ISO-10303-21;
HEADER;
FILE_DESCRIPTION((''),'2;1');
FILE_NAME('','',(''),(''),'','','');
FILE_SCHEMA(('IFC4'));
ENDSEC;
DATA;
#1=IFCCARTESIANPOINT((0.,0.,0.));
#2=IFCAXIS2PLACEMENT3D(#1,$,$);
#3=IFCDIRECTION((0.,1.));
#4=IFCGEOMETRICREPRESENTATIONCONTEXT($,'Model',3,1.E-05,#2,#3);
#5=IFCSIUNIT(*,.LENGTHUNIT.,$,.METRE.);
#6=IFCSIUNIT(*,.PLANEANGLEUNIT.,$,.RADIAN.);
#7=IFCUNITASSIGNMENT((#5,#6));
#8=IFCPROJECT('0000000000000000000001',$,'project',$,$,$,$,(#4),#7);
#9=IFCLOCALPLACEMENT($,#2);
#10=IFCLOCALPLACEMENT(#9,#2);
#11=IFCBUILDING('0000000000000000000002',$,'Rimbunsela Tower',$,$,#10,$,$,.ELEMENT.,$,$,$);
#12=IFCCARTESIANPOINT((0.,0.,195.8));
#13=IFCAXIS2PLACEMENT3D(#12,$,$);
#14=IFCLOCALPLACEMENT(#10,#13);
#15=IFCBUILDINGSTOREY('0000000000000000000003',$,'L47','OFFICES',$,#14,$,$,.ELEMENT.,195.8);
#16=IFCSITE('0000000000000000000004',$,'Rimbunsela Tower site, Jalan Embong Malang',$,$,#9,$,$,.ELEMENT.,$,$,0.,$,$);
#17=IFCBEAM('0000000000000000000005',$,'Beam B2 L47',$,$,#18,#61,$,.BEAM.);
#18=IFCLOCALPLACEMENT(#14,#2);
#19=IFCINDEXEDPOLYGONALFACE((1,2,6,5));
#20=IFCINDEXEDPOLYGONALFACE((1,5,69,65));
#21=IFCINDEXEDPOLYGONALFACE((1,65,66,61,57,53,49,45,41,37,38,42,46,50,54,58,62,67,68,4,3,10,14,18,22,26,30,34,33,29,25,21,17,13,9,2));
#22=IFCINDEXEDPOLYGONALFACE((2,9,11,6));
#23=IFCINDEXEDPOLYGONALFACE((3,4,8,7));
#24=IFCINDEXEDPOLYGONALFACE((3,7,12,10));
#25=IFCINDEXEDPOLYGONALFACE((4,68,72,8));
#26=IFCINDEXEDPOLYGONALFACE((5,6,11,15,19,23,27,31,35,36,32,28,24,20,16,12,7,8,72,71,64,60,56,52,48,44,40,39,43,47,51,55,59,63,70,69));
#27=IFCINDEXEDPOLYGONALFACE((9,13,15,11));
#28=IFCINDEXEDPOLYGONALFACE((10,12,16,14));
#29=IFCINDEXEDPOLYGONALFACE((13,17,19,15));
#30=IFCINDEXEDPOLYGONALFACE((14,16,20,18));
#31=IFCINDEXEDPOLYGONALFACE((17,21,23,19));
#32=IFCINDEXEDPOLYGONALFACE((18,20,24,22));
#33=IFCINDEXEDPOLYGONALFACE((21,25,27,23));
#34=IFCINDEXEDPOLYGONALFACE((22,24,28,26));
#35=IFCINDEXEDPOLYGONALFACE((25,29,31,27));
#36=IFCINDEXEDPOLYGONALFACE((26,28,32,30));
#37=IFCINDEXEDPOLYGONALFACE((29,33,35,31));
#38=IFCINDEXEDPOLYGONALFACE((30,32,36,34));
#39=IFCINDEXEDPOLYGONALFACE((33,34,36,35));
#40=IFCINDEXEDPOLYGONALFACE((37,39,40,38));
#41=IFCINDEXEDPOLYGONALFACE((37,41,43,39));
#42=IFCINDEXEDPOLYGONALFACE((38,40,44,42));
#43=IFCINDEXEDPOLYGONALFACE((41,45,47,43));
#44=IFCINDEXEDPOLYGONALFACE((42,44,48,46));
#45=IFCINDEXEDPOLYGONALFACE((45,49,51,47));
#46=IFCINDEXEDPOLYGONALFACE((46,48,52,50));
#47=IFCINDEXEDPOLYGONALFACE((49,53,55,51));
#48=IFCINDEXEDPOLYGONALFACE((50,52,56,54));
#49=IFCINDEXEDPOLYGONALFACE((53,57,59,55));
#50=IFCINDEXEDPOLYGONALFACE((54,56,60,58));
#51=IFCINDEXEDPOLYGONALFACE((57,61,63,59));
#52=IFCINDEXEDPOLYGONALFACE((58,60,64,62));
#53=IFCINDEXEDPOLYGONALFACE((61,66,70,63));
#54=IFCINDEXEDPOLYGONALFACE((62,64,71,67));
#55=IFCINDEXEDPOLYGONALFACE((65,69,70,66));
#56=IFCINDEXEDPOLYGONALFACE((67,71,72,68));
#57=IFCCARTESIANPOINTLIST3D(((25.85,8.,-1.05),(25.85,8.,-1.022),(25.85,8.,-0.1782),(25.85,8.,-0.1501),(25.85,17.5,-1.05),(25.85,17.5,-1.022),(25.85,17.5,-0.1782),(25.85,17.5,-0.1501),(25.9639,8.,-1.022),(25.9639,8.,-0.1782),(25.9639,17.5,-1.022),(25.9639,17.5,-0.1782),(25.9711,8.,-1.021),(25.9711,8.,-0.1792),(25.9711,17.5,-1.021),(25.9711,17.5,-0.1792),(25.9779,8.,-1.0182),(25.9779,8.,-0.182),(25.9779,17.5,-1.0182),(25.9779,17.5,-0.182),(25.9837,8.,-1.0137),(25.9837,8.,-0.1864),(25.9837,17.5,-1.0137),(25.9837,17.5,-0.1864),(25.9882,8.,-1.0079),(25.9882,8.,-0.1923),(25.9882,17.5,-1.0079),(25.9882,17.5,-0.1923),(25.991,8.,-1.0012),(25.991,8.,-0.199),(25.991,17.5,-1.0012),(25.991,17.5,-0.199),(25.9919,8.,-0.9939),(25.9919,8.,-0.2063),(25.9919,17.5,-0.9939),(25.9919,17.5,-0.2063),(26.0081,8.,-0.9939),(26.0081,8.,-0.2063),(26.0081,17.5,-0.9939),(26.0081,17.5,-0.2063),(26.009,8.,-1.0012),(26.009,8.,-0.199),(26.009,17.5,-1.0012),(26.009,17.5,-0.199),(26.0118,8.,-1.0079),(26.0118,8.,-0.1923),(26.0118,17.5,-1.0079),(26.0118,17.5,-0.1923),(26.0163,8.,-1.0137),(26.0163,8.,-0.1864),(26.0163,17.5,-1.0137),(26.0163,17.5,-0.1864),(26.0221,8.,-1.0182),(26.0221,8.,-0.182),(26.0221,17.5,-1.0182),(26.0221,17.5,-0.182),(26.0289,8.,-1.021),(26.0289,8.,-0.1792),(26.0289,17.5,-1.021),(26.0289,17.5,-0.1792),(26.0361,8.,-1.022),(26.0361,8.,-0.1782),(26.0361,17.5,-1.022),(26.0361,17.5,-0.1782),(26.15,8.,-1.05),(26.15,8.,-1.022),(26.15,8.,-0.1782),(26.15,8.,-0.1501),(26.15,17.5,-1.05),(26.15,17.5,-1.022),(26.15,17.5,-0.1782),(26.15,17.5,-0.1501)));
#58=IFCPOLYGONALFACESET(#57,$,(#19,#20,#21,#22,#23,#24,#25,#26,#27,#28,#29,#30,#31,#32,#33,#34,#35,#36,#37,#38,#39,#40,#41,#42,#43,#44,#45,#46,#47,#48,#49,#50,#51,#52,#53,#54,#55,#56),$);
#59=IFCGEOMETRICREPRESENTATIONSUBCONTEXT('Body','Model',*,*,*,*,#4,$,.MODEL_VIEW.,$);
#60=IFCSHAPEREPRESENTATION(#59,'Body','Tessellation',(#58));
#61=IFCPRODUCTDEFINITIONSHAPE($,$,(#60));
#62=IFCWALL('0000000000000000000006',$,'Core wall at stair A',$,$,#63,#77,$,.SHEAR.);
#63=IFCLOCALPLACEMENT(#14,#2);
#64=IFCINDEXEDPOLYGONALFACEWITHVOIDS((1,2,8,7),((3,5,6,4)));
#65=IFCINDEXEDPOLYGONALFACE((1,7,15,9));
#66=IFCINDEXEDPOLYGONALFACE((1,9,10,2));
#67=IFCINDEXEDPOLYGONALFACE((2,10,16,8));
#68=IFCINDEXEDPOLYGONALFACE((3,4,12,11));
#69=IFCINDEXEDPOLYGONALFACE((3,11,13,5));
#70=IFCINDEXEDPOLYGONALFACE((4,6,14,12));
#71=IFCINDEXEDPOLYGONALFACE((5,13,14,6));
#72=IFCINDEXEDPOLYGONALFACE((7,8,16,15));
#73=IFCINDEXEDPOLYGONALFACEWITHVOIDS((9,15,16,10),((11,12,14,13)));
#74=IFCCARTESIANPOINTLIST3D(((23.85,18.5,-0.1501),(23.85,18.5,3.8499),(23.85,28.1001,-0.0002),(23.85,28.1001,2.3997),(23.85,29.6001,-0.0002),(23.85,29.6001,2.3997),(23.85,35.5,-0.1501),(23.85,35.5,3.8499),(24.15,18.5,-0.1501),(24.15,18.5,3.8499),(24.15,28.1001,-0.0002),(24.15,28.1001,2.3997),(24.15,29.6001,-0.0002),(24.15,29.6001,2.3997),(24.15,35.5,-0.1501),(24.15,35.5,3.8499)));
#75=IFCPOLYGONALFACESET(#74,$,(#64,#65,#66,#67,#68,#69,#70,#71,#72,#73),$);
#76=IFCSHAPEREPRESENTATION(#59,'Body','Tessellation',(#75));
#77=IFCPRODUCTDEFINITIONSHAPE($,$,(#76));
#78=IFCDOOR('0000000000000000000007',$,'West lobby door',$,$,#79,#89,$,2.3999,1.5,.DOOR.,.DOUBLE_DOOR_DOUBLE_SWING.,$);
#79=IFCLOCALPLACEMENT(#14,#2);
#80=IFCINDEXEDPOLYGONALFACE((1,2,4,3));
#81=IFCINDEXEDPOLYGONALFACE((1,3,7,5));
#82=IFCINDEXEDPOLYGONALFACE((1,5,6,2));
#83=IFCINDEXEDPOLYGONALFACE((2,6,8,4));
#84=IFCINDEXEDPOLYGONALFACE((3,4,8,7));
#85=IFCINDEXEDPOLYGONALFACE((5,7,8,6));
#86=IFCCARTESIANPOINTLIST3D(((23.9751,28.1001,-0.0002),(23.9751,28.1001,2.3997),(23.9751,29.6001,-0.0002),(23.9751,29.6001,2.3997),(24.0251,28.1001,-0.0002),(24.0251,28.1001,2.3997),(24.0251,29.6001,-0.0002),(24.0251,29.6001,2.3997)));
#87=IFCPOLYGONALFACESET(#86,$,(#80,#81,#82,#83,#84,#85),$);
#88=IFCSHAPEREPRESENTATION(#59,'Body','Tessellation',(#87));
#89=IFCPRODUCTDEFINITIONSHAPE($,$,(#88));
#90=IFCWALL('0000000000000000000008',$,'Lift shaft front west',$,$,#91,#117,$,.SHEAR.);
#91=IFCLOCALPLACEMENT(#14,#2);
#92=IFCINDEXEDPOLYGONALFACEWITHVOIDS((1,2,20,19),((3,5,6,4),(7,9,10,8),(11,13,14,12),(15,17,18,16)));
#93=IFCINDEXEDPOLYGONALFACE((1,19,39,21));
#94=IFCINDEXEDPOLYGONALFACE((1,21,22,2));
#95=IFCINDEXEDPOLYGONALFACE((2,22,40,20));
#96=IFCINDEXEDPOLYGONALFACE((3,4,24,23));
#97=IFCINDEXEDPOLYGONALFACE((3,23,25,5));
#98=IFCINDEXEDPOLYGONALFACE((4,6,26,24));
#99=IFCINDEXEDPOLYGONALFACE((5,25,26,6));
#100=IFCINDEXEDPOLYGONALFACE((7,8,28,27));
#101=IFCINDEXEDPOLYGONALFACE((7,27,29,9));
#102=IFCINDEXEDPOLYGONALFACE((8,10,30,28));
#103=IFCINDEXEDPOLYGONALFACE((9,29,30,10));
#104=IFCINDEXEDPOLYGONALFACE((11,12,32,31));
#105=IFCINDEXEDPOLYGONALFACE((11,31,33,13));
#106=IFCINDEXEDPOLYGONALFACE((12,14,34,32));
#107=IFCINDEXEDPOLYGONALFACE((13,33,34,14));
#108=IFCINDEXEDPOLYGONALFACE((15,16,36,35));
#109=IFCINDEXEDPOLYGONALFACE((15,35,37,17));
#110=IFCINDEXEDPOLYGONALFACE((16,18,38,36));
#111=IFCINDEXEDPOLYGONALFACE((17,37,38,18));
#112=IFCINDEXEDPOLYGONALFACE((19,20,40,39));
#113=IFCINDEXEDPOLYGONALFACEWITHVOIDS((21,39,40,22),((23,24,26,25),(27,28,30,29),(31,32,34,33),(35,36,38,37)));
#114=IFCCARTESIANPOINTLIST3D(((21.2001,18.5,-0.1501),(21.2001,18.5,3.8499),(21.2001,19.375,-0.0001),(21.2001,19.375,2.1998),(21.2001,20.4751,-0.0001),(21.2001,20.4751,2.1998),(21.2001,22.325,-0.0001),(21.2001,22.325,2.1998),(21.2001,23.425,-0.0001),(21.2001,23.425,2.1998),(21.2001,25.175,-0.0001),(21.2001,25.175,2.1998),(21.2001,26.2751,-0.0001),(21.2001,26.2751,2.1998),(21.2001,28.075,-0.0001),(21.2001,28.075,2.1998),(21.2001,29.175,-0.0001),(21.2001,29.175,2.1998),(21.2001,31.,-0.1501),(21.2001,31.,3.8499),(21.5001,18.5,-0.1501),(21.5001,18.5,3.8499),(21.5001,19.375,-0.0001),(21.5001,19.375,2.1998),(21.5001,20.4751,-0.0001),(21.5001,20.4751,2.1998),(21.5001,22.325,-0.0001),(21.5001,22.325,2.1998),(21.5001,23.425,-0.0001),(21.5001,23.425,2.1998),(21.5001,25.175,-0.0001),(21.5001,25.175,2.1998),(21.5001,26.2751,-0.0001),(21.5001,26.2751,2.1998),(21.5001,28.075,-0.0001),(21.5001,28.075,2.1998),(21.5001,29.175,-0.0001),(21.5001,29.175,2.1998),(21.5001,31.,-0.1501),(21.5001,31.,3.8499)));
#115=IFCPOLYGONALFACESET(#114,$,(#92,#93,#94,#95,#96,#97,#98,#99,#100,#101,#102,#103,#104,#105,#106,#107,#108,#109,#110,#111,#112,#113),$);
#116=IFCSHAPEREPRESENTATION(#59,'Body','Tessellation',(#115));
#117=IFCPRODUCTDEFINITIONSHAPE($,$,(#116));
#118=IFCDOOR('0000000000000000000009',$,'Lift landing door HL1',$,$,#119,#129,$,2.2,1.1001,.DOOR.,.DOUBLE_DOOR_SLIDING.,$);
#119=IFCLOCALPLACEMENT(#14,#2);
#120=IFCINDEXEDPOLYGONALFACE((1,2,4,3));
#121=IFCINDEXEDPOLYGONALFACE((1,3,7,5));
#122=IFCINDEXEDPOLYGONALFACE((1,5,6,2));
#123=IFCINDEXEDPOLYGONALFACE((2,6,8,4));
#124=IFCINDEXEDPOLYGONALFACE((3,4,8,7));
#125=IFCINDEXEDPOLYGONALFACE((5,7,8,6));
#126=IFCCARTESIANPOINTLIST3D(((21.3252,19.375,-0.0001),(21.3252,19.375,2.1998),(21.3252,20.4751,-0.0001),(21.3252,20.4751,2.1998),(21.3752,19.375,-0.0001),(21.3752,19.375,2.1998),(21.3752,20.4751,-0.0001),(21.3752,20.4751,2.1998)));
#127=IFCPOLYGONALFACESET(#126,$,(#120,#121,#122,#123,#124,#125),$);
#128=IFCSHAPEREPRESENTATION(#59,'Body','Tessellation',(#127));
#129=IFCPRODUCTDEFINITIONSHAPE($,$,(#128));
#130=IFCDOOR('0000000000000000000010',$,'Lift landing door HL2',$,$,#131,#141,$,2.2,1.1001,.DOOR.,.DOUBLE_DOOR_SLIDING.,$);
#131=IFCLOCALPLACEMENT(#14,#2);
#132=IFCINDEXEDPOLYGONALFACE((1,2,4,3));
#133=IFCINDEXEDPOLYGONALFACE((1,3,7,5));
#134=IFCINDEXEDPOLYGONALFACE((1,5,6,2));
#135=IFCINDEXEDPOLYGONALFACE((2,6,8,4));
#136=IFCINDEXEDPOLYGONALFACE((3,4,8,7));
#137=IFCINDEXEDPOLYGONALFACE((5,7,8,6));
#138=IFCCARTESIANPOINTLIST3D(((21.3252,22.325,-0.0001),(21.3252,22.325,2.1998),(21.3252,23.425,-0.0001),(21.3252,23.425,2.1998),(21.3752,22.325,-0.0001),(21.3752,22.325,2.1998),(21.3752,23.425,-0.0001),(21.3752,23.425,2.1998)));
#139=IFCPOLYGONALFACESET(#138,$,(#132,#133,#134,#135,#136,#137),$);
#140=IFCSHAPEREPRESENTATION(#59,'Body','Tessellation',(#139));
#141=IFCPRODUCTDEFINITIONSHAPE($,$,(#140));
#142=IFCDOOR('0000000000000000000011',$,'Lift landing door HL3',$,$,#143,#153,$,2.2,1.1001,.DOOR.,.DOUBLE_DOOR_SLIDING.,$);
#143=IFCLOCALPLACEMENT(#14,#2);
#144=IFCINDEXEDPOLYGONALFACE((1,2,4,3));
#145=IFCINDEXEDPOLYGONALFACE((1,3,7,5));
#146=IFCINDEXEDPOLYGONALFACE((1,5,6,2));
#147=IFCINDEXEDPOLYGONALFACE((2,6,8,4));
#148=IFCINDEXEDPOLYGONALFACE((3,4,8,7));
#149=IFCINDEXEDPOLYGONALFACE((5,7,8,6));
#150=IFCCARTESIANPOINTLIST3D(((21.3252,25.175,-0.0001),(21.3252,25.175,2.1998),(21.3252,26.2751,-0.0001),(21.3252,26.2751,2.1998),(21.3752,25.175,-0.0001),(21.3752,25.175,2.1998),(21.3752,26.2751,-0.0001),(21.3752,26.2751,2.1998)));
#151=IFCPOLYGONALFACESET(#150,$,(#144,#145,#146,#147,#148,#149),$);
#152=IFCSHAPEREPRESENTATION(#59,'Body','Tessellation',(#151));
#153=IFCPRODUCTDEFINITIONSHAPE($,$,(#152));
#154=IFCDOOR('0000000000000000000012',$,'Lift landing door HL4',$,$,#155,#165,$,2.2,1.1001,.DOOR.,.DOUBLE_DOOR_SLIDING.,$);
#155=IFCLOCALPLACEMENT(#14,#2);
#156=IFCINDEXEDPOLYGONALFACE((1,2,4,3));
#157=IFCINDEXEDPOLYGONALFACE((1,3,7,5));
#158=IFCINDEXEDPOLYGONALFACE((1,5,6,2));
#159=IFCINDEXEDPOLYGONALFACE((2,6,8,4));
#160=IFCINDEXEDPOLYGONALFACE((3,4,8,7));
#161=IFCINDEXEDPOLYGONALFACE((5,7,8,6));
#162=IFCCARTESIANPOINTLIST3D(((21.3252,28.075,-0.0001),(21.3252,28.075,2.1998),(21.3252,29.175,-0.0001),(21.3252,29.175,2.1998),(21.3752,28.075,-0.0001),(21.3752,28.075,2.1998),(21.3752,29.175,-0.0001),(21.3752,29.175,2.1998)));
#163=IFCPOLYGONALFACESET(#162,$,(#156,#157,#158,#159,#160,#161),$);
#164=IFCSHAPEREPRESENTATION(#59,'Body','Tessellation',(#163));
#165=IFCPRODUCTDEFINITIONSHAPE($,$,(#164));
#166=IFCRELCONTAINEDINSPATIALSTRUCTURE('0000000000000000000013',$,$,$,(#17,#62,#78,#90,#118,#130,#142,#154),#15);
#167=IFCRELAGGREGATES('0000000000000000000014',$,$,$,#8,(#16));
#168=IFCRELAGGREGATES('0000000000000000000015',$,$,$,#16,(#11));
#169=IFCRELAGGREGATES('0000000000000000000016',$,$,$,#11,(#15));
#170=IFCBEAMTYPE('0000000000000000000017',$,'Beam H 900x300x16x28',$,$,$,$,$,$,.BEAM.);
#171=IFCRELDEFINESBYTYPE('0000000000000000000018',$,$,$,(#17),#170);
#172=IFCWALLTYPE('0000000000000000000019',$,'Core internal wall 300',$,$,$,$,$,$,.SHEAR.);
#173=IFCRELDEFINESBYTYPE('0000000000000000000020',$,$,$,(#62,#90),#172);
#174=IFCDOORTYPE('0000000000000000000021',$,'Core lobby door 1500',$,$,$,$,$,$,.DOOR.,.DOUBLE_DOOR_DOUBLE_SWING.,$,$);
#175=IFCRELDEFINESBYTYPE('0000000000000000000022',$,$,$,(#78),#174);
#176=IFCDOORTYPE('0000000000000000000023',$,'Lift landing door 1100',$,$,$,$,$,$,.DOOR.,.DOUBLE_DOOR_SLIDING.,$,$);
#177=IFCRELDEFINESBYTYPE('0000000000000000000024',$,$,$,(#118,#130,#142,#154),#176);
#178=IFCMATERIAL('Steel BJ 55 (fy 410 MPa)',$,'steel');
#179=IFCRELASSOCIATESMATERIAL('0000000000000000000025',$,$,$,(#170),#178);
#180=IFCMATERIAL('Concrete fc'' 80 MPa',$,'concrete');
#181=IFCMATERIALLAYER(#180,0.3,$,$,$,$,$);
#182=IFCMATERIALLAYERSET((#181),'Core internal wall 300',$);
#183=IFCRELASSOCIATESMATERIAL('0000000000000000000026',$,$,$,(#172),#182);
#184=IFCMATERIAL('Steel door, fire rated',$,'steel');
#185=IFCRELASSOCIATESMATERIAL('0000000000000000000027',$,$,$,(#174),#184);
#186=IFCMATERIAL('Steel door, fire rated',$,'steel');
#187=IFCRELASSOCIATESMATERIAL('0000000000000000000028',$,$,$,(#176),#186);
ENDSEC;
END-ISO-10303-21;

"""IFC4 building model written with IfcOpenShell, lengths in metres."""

from ifc_helpers import new_model, si_unit, direction, frame, frame_2d, origin, origin_2d, place, context, subcontext, project, spatial, rectangle, i_section, extrude, material, layer, layer_set, material_profile, profile_set, type_object, element, fill, save


model = new_model("IFC4")

# Units and contexts
model_context = context("Model", 3, precision=1e-05, world=origin(), true_north=direction((0.0, 1.0)))
body_context = subcontext(model_context, "Body", "Model", "MODEL_VIEW")
ifc_project = project(units=[si_unit("LENGTHUNIT", "METRE"), si_unit("PLANEANGLEUNIT", "RADIAN")], contexts=[model_context])

# Site, building, storey
site_placement = place(None, origin())
site = spatial("IfcSite", under=ifc_project, at=site_placement, Name="Rimbunsela Tower site, Jalan Embong Malang", CompositionType="ELEMENT", RefElevation=0.0)
building_placement = place(site_placement, origin())
building = spatial("IfcBuilding", under=site, at=building_placement, Name="Rimbunsela Tower", CompositionType="ELEMENT")
storey_placement = place(building_placement, frame((0.0, 0.0, 195.8)))
storey = spatial("IfcBuildingStorey", under=building, at=storey_placement, Name="L47", Description="OFFICES", CompositionType="ELEMENT", Elevation=195.8)

# Beam
ifc_material_1 = material(Name="Steel BJ 55 (fy 410 MPa)", Category="steel")
ifc_material_profile_1 = material_profile(ifc_material_1, i_section(OverallWidth=0.3, OverallDepth=0.8999, WebThickness=0.0161, FlangeThickness=0.0281, FilletRadius=0.0281, at=origin_2d()), Name="H 900x300x16x28")
ifc_profile_set_1 = profile_set([ifc_material_profile_1], Name="Steel BJ 55 (fy 410 MPa)")
beam_type_1 = type_object("IfcBeamType", Name="Beam H 900x300x16x28", PredefinedType="BEAM", material=ifc_profile_set_1)
for number, where, z_axis, x_axis, name in (
    (1, (26.0, 8.0, -0.6001), (0.0, 1.0, 0.0), (-1.0, 0.0, 0.0), "Beam B2 L47"),
):
    element("IfcBeam", number, at=place(storey_placement, frame(where, z_axis=z_axis, x_axis=x_axis)), inside=storey, type_object=beam_type_1, Name=name, PredefinedType="BEAM", context=body_context, shape_type="SweptSolid", body=[
        extrude(i_section(OverallWidth=0.3, OverallDepth=0.8999, WebThickness=0.0161, FlangeThickness=0.0281, FilletRadius=0.0281, at=origin_2d()), origin(), (0.0, 0.0, 1.0), 9.5),
    ])

# Wall, opening, door
ifc_material_2 = material(Name="Concrete fc' 80 MPa", Category="concrete")
ifc_layer_1 = layer(ifc_material_2, 0.3)
ifc_layer_set_1 = layer_set([ifc_layer_1], Name="Core internal wall 300")
wall_type_1 = type_object("IfcWallType", Name="Core internal wall 300", PredefinedType="SHEAR", material=ifc_layer_set_1)
wall_1_placement = place(storey_placement, frame((24.0, 18.5, -0.1501), z_axis=(0.0, 0.0, 1.0), x_axis=(0.0, 1.0, 0.0)))
wall_1 = element("IfcWall", 2, at=wall_1_placement, inside=storey, type_object=wall_type_1, Name="Core wall at stair A", PredefinedType="SHEAR", context=body_context, shape_type="SweptSolid", body=[
    extrude(rectangle(XDim=17.0, YDim=0.3, at=frame_2d((8.5, 0.0))), origin(), (0.0, 0.0, 1.0), 4.0),
])
opening_1_placement = place(wall_1_placement, frame((9.6001, 0.0, 0.1499)))
opening_1 = element("IfcOpeningElement", 3, at=opening_1_placement, cuts=wall_1, PredefinedType="OPENING", context=body_context, shape_type="SweptSolid", body=[
    extrude(rectangle(XDim=1.5, YDim=2.3999, at=frame_2d((0.75, 1.2))), frame((0.0, 0.1599, 0.0), z_axis=(0.0, -1.0, 0.0), x_axis=(1.0, 0.0, 0.0)), (0.0, 0.0, 1.0), 0.3201),
])
ifc_material_3 = material(Name="Steel door, fire rated", Category="steel")
door_type_1 = type_object("IfcDoorType", Name="Core lobby door 1500", OperationType="DOUBLE_DOOR_DOUBLE_SWING", PredefinedType="DOOR", material=ifc_material_3)
door_1_placement = place(opening_1_placement, origin())
door_1 = element("IfcDoor", 4, at=door_1_placement, inside=storey, type_object=door_type_1, Name="West lobby door", OperationType="DOUBLE_DOOR_DOUBLE_SWING", OverallHeight=2.3999, OverallWidth=1.5, PredefinedType="DOOR", context=body_context, shape_type="SweptSolid", body=[
    extrude(rectangle(XDim=1.5, YDim=2.3999, at=frame_2d((0.75, 1.2))), frame((0.0, 0.0249, 0.0), z_axis=(0.0, -1.0, 0.0), x_axis=(1.0, 0.0, 0.0)), (0.0, 0.0, 1.0), 0.05),
])
fill(opening_1, door_1)

# Wall, openings, doors
wall_2_placement = place(storey_placement, frame((21.3501, 18.5, -0.1501), z_axis=(0.0, 0.0, 1.0), x_axis=(0.0, 1.0, 0.0)))
wall_2 = element("IfcWall", 5, at=wall_2_placement, inside=storey, type_object=wall_type_1, Name="Lift shaft front west", PredefinedType="SHEAR", context=body_context, shape_type="SweptSolid", body=[
    extrude(rectangle(XDim=12.5, YDim=0.3, at=frame_2d((6.25, 0.0))), origin(), (0.0, 0.0, 1.0), 4.0),
])
opening_2_placement = place(wall_2_placement, frame((0.875, 0.0, 0.1499)))
opening_2 = element("IfcOpeningElement", 6, at=opening_2_placement, cuts=wall_2, PredefinedType="OPENING", context=body_context, shape_type="SweptSolid", body=[
    extrude(rectangle(XDim=1.1001, YDim=2.2, at=frame_2d((0.55, 1.1001))), frame((0.0, 0.1599, 0.0), z_axis=(0.0, -1.0, 0.0), x_axis=(1.0, 0.0, 0.0)), (0.0, 0.0, 1.0), 0.3201),
])
opening_3_placement = place(wall_2_placement, frame((3.825, 0.0, 0.1499)))
opening_3 = element("IfcOpeningElement", 7, at=opening_3_placement, cuts=wall_2, PredefinedType="OPENING", context=body_context, shape_type="SweptSolid", body=[
    extrude(rectangle(XDim=1.1001, YDim=2.2, at=frame_2d((0.55, 1.1001))), frame((0.0, 0.1599, 0.0), z_axis=(0.0, -1.0, 0.0), x_axis=(1.0, 0.0, 0.0)), (0.0, 0.0, 1.0), 0.3201),
])
opening_4_placement = place(wall_2_placement, frame((6.675, 0.0, 0.1499)))
opening_4 = element("IfcOpeningElement", 8, at=opening_4_placement, cuts=wall_2, PredefinedType="OPENING", context=body_context, shape_type="SweptSolid", body=[
    extrude(rectangle(XDim=1.1001, YDim=2.2, at=frame_2d((0.55, 1.1001))), frame((0.0, 0.1599, 0.0), z_axis=(0.0, -1.0, 0.0), x_axis=(1.0, 0.0, 0.0)), (0.0, 0.0, 1.0), 0.3201),
])
opening_5_placement = place(wall_2_placement, frame((9.575, 0.0, 0.1499)))
opening_5 = element("IfcOpeningElement", 9, at=opening_5_placement, cuts=wall_2, PredefinedType="OPENING", context=body_context, shape_type="SweptSolid", body=[
    extrude(rectangle(XDim=1.1001, YDim=2.2, at=frame_2d((0.55, 1.1001))), frame((0.0, 0.1599, 0.0), z_axis=(0.0, -1.0, 0.0), x_axis=(1.0, 0.0, 0.0)), (0.0, 0.0, 1.0), 0.3201),
])
ifc_material_4 = material(Name="Steel door, fire rated", Category="steel")
door_type_2 = type_object("IfcDoorType", Name="Lift landing door 1100", OperationType="DOUBLE_DOOR_SLIDING", PredefinedType="DOOR", material=ifc_material_4)
door_2_placement = place(opening_2_placement, origin())
door_2 = element("IfcDoor", 10, at=door_2_placement, inside=storey, type_object=door_type_2, Name="Lift landing door HL1", OperationType="DOUBLE_DOOR_SLIDING", OverallHeight=2.2, OverallWidth=1.1001, PredefinedType="DOOR", context=body_context, shape_type="SweptSolid", body=[
    extrude(rectangle(XDim=1.1001, YDim=2.2, at=frame_2d((0.55, 1.1001))), frame((0.0, 0.0249, 0.0), z_axis=(0.0, -1.0, 0.0), x_axis=(1.0, 0.0, 0.0)), (0.0, 0.0, 1.0), 0.05),
])
fill(opening_2, door_2)
door_3_placement = place(opening_3_placement, origin())
door_3 = element("IfcDoor", 11, at=door_3_placement, inside=storey, type_object=door_type_2, Name="Lift landing door HL2", OperationType="DOUBLE_DOOR_SLIDING", OverallHeight=2.2, OverallWidth=1.1001, PredefinedType="DOOR", context=body_context, shape_type="SweptSolid", body=[
    extrude(rectangle(XDim=1.1001, YDim=2.2, at=frame_2d((0.55, 1.1001))), frame((0.0, 0.0249, 0.0), z_axis=(0.0, -1.0, 0.0), x_axis=(1.0, 0.0, 0.0)), (0.0, 0.0, 1.0), 0.05),
])
fill(opening_3, door_3)
door_4_placement = place(opening_4_placement, origin())
door_4 = element("IfcDoor", 12, at=door_4_placement, inside=storey, type_object=door_type_2, Name="Lift landing door HL3", OperationType="DOUBLE_DOOR_SLIDING", OverallHeight=2.2, OverallWidth=1.1001, PredefinedType="DOOR", context=body_context, shape_type="SweptSolid", body=[
    extrude(rectangle(XDim=1.1001, YDim=2.2, at=frame_2d((0.55, 1.1001))), frame((0.0, 0.0249, 0.0), z_axis=(0.0, -1.0, 0.0), x_axis=(1.0, 0.0, 0.0)), (0.0, 0.0, 1.0), 0.05),
])
fill(opening_4, door_4)
door_5_placement = place(opening_5_placement, origin())
door_5 = element("IfcDoor", 13, at=door_5_placement, inside=storey, type_object=door_type_2, Name="Lift landing door HL4", OperationType="DOUBLE_DOOR_SLIDING", OverallHeight=2.2, OverallWidth=1.1001, PredefinedType="DOOR", context=body_context, shape_type="SweptSolid", body=[
    extrude(rectangle(XDim=1.1001, YDim=2.2, at=frame_2d((0.55, 1.1001))), frame((0.0, 0.0249, 0.0), z_axis=(0.0, -1.0, 0.0), x_axis=(1.0, 0.0, 0.0)), (0.0, 0.0, 1.0), 0.05),
])
fill(opening_5, door_5)

save(model, "model.ifc")
